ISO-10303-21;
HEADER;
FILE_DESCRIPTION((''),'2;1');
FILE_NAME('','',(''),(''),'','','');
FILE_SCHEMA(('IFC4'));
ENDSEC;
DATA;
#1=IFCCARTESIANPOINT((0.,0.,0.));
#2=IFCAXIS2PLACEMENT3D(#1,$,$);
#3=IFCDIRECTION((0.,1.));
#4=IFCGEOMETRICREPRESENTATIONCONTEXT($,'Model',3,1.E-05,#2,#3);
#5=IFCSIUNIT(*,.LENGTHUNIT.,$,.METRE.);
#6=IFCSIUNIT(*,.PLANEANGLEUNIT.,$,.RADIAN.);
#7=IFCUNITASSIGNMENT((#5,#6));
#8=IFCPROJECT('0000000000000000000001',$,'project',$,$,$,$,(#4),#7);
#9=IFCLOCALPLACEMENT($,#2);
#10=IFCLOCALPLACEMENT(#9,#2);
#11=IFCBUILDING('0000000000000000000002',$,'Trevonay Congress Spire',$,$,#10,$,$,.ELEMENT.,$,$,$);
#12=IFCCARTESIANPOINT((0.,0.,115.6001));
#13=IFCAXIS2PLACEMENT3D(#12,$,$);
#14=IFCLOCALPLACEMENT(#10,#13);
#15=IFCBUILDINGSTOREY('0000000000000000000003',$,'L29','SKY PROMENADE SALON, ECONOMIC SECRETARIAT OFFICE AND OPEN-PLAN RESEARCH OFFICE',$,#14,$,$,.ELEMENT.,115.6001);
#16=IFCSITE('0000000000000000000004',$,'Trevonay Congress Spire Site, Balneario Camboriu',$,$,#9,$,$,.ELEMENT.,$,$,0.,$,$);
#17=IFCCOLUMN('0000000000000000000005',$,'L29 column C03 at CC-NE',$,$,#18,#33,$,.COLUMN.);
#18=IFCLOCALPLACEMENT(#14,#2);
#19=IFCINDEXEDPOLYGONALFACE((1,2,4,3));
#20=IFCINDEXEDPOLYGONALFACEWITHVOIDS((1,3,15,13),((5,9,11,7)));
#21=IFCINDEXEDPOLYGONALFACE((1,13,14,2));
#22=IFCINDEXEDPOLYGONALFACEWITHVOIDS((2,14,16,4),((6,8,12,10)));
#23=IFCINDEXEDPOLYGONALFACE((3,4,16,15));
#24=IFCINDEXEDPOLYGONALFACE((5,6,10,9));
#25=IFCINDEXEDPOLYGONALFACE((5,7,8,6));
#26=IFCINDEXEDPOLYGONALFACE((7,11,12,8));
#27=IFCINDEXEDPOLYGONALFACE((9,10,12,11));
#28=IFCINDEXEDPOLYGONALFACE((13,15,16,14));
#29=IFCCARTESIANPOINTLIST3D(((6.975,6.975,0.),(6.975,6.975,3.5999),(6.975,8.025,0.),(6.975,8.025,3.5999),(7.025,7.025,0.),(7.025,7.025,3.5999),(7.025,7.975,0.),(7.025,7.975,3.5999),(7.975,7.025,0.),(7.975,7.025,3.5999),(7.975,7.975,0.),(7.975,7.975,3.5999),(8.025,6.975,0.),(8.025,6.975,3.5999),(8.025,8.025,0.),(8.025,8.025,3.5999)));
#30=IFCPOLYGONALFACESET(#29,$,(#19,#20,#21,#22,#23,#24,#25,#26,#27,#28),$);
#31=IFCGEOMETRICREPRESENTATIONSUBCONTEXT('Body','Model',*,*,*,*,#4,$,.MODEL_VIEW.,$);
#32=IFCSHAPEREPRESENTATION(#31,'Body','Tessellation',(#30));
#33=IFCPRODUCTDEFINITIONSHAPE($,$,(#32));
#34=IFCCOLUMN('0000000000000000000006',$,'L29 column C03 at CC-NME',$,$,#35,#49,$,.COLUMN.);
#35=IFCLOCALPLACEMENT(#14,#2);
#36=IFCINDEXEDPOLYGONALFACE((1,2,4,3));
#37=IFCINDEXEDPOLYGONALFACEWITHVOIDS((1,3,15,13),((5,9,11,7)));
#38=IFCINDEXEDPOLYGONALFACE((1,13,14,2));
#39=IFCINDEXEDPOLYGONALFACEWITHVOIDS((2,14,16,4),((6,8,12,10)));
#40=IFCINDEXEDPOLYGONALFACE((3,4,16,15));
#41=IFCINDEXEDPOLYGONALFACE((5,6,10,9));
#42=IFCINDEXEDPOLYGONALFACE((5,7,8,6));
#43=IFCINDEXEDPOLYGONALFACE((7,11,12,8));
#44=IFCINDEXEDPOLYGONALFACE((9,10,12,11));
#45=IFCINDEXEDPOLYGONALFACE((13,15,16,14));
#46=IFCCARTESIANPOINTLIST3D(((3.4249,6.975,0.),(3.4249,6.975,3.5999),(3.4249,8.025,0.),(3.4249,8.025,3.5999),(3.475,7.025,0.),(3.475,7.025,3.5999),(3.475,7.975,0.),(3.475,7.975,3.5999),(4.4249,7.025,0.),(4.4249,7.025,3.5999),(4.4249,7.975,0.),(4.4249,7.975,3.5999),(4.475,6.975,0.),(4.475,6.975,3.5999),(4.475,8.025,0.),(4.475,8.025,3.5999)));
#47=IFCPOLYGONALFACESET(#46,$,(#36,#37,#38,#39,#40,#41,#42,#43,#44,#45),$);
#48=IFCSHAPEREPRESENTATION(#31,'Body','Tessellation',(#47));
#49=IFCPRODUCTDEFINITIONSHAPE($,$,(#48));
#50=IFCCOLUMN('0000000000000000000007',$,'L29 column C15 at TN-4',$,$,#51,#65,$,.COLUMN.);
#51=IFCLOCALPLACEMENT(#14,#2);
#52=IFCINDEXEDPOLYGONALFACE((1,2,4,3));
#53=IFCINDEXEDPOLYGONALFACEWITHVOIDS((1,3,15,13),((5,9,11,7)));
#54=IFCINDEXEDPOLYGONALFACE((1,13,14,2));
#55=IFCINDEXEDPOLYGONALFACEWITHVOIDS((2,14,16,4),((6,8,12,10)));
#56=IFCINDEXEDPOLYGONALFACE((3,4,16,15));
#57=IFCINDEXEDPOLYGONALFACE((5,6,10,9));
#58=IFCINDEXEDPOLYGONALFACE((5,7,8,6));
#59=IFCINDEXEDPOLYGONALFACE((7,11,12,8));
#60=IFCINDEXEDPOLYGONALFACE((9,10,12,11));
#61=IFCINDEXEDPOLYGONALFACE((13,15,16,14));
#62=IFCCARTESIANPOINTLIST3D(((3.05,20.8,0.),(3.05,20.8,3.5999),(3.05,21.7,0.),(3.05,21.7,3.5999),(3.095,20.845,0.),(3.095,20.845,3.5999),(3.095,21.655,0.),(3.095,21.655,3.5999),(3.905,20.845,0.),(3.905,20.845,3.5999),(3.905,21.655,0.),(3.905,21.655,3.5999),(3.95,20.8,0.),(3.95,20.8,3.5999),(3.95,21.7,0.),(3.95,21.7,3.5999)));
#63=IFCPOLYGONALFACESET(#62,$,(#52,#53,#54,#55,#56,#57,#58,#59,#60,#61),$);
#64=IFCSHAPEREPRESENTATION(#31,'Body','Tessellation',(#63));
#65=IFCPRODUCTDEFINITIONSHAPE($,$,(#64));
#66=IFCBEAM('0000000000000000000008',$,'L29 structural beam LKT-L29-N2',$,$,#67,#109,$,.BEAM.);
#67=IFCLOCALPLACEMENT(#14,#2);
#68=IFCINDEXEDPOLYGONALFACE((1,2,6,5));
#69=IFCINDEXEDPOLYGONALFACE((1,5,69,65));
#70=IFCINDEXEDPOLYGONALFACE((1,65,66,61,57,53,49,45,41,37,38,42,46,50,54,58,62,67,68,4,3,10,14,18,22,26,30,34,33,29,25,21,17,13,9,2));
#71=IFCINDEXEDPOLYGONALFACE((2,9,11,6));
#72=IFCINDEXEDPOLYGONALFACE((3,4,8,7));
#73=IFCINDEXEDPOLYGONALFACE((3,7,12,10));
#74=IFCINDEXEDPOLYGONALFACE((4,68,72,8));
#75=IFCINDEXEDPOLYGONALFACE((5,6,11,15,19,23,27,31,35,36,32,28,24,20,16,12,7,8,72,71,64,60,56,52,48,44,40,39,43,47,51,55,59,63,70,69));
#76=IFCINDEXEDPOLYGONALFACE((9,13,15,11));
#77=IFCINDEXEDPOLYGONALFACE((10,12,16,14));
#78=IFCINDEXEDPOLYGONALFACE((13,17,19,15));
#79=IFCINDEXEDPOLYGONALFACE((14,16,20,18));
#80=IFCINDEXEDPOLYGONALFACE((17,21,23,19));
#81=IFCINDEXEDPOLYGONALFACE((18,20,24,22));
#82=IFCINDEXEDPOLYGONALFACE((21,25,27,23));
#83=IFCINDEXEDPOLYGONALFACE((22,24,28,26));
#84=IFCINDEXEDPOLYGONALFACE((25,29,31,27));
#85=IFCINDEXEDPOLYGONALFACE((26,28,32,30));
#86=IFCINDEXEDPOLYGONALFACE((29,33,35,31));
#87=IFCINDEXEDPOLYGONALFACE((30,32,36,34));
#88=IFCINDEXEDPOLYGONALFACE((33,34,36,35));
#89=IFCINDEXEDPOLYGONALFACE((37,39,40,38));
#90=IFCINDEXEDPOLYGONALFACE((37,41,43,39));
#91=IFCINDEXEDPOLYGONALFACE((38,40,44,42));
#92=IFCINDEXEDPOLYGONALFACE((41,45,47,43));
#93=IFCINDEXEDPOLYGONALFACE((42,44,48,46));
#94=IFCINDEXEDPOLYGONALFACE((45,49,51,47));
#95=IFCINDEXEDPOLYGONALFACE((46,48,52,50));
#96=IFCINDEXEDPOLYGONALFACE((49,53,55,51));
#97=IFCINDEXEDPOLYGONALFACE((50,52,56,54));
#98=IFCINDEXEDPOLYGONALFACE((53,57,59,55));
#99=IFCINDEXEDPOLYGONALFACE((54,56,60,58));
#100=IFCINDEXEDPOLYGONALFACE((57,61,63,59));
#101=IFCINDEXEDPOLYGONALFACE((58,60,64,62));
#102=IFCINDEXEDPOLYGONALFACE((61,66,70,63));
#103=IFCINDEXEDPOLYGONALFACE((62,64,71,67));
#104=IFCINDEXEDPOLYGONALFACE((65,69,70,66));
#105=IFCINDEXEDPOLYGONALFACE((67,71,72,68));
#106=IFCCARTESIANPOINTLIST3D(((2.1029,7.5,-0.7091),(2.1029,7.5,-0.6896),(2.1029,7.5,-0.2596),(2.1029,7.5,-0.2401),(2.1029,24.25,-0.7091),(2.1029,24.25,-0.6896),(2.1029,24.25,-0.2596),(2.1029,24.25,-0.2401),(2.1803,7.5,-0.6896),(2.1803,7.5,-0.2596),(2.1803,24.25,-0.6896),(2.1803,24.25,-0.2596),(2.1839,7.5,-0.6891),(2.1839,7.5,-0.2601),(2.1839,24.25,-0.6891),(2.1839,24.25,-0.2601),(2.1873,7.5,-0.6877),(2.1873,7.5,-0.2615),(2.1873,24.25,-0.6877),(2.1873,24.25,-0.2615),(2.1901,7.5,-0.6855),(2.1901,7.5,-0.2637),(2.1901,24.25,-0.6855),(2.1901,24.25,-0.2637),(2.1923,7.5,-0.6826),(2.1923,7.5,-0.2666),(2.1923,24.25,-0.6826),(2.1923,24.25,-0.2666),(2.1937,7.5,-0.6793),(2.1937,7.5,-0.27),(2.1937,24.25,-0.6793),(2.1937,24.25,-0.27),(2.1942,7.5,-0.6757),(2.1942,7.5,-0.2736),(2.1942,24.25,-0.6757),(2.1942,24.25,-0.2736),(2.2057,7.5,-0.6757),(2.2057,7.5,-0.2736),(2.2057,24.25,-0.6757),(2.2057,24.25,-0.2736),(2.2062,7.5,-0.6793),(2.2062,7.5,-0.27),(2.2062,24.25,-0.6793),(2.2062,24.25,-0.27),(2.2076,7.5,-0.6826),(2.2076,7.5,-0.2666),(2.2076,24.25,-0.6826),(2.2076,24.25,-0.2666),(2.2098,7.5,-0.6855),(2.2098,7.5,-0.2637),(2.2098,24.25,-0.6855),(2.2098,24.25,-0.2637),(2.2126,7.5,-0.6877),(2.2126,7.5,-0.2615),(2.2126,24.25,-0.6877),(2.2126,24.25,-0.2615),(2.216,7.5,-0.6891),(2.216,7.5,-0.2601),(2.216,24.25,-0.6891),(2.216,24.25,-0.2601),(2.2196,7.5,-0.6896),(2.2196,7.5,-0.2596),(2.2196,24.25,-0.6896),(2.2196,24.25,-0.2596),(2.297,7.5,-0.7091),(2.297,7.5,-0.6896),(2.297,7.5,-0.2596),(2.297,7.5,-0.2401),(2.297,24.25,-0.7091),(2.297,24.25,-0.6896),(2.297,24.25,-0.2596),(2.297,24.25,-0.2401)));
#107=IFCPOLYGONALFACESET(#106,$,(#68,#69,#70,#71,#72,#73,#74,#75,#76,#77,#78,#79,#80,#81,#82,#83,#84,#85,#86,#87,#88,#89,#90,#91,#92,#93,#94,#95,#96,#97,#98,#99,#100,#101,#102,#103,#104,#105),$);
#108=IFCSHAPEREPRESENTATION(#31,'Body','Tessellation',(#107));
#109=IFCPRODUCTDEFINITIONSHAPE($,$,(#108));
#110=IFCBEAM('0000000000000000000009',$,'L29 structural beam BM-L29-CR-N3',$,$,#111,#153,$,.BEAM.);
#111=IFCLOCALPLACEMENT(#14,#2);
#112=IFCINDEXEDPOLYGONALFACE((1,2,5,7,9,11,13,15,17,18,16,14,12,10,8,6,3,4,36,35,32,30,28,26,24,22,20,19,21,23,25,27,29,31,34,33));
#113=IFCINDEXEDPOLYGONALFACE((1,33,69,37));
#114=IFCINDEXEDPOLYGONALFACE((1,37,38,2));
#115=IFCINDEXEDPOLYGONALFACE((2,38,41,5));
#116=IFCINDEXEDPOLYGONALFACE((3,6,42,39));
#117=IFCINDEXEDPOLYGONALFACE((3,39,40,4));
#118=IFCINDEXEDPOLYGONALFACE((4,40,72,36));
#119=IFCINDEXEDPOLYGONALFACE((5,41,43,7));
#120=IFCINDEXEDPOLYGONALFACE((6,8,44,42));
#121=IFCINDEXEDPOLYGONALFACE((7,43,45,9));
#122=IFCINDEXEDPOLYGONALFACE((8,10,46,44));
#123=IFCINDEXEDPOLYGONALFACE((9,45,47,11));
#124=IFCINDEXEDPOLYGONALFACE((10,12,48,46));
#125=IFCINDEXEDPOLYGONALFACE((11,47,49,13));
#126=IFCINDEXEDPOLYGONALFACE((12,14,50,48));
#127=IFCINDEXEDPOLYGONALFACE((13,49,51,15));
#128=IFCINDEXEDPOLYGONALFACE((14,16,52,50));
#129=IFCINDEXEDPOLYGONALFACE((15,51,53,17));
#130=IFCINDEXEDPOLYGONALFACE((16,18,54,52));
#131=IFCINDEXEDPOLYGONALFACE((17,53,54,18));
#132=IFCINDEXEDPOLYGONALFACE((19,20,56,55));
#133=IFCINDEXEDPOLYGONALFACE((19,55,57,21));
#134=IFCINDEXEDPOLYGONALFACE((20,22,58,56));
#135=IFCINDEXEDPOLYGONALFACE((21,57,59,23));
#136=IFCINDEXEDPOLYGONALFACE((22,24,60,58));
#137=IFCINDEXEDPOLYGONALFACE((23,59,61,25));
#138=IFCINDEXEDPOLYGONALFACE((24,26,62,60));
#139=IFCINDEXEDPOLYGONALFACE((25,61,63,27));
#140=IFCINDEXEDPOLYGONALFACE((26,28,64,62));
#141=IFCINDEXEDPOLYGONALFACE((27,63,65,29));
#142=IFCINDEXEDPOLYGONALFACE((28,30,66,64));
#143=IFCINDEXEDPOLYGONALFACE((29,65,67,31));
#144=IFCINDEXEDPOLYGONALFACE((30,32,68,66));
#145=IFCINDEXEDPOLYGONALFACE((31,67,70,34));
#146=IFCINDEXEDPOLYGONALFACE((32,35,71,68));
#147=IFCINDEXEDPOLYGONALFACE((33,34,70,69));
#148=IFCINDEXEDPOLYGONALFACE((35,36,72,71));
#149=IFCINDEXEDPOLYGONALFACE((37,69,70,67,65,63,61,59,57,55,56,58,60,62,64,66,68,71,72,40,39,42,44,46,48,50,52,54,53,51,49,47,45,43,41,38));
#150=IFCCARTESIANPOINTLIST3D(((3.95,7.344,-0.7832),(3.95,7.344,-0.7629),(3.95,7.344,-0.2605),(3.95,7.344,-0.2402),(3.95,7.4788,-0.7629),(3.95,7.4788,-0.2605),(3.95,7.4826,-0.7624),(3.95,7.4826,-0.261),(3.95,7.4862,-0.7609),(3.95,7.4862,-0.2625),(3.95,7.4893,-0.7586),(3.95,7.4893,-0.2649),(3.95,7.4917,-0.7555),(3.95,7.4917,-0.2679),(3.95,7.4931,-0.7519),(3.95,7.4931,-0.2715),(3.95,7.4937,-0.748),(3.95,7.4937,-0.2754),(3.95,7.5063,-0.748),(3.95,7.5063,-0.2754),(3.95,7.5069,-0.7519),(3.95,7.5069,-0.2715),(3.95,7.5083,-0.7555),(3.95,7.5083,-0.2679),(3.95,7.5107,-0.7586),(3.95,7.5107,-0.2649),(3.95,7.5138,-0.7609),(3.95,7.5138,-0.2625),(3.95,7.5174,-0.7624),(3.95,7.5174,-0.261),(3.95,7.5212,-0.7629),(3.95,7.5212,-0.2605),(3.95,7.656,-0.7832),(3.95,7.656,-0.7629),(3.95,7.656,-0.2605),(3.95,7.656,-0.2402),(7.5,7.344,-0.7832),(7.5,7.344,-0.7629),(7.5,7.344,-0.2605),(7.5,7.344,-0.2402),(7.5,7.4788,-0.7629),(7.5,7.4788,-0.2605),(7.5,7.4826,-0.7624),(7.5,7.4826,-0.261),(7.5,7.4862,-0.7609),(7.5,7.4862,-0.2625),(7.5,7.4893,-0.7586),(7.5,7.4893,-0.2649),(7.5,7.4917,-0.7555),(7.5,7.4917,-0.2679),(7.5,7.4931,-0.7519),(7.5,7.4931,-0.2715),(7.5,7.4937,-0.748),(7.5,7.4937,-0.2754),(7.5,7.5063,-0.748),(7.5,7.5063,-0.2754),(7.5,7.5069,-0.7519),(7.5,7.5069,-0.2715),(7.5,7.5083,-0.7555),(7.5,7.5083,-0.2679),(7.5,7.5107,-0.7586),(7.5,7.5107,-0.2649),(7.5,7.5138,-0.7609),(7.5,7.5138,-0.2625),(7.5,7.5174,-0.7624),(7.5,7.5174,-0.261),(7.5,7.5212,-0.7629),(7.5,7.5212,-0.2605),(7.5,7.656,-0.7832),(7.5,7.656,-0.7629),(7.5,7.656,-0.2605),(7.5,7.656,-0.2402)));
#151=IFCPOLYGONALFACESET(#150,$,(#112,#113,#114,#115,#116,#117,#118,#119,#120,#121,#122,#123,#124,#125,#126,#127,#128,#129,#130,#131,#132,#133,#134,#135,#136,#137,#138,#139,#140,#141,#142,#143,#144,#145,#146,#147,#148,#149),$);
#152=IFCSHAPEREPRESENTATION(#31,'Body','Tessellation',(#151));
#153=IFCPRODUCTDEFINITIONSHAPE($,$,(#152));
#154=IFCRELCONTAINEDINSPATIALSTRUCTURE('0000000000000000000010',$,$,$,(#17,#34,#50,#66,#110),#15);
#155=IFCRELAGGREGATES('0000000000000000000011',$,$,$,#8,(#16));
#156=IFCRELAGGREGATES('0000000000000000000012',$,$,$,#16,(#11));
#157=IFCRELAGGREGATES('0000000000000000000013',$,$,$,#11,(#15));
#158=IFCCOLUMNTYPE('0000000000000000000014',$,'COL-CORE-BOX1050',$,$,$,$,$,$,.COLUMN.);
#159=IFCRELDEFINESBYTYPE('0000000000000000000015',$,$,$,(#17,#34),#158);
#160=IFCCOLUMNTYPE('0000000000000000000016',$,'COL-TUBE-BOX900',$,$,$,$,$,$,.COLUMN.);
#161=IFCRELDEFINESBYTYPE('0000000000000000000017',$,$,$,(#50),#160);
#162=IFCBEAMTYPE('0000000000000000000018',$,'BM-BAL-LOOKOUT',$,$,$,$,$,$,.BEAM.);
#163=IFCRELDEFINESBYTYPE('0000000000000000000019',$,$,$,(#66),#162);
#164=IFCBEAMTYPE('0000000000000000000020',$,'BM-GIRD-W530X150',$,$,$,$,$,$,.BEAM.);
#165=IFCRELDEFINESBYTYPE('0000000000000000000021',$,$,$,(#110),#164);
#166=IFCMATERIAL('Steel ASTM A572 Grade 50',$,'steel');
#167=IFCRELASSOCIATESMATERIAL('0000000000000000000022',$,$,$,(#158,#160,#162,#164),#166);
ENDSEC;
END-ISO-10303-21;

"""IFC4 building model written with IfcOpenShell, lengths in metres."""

from ifc_helpers import new_model, si_unit, direction, frame, origin, origin_2d, place, context, subcontext, project, spatial, hollow_rectangle, i_section, extrude, material, material_profile, profile_set, type_object, element, save


model = new_model("IFC4")

# Units and contexts
model_context = context("Model", 3, precision=1e-05, world=origin(), true_north=direction((0.0, 1.0)))
body_context = subcontext(model_context, "Body", "Model", "MODEL_VIEW")
ifc_project = project(units=[si_unit("LENGTHUNIT", "METRE"), si_unit("PLANEANGLEUNIT", "RADIAN")], contexts=[model_context])

# Site, building, storey
site_placement = place(None, origin())
site = spatial("IfcSite", under=ifc_project, at=site_placement, Name="Trevonay Congress Spire Site, Balneario Camboriu", CompositionType="ELEMENT", RefElevation=0.0)
building_placement = place(site_placement, origin())
building = spatial("IfcBuilding", under=site, at=building_placement, Name="Trevonay Congress Spire", CompositionType="ELEMENT")
storey_placement = place(building_placement, frame((0.0, 0.0, 115.6001)))
storey = spatial("IfcBuildingStorey", under=building, at=storey_placement, Name="L29", Description="SKY PROMENADE SALON, ECONOMIC SECRETARIAT OFFICE AND OPEN-PLAN RESEARCH OFFICE", CompositionType="ELEMENT", Elevation=115.6001)

# Columns
ifc_material_1 = material(Name="Steel ASTM A572 Grade 50", Category="steel")
ifc_material_profile_1 = material_profile(ifc_material_1, hollow_rectangle(XDim=1.05, YDim=1.05, WallThickness=0.05, at=origin_2d()), Name="BOX 1050x1050x50")
ifc_profile_set_1 = profile_set([ifc_material_profile_1], Name="Steel ASTM A572 Grade 50")
column_type_1 = type_object("IfcColumnType", Name="COL-CORE-BOX1050", PredefinedType="COLUMN", material=ifc_profile_set_1)
for number, where, z_axis, x_axis, name in (
    (1, (7.5, 7.5, 0.0), (0.0, 0.0, 1.0), (1.0, 0.0, 0.0), "L29 column C03 at CC-NE"),
    (2, (3.95, 7.5, 0.0), (0.0, 0.0, 1.0), (1.0, 0.0, 0.0), "L29 column C03 at CC-NME"),
):
    element("IfcColumn", number, at=place(storey_placement, frame(where, z_axis=z_axis, x_axis=x_axis)), inside=storey, type_object=column_type_1, Name=name, PredefinedType="COLUMN", context=body_context, shape_type="SweptSolid", body=[
        extrude(hollow_rectangle(XDim=1.05, YDim=1.05, WallThickness=0.05, at=origin_2d()), origin(), (0.0, 0.0, 1.0), 3.5999),
    ])
ifc_material_profile_2 = material_profile(ifc_material_1, hollow_rectangle(XDim=0.8999, YDim=0.8999, WallThickness=0.0449, at=origin_2d()), Name="BOX 900x900x45")
ifc_profile_set_2 = profile_set([ifc_material_profile_2], Name="Steel ASTM A572 Grade 50")
column_type_2 = type_object("IfcColumnType", Name="COL-TUBE-BOX900", PredefinedType="COLUMN", material=ifc_profile_set_2)
column_placement = place(storey_placement, frame((3.5, 21.25, 0.0), z_axis=(0.0, 0.0, 1.0), x_axis=(1.0, 0.0, 0.0)))
element("IfcColumn", 3, at=column_placement, inside=storey, type_object=column_type_2, Name="L29 column C15 at TN-4", PredefinedType="COLUMN", context=body_context, shape_type="SweptSolid", body=[
    extrude(hollow_rectangle(XDim=0.8999, YDim=0.8999, WallThickness=0.0449, at=origin_2d()), origin(), (0.0, 0.0, 1.0), 3.5999),
])

# Beams
ifc_material_profile_3 = material_profile(ifc_material_1, i_section(OverallWidth=0.1941, OverallDepth=0.469, WebThickness=0.0115, FlangeThickness=0.0195, FilletRadius=0.0139, at=origin_2d()), Name="W460x106")
ifc_profile_set_3 = profile_set([ifc_material_profile_3], Name="Steel ASTM A572 Grade 50")
beam_type_1 = type_object("IfcBeamType", Name="BM-BAL-LOOKOUT", PredefinedType="BEAM", material=ifc_profile_set_3)
beam_1_placement = place(storey_placement, frame((2.2, 7.5, -0.4746), z_axis=(0.0, 1.0, 0.0), x_axis=(-1.0, 0.0, 0.0)))
element("IfcBeam", 4, at=beam_1_placement, inside=storey, type_object=beam_type_1, Name="L29 structural beam LKT-L29-N2", PredefinedType="BEAM", context=body_context, shape_type="SweptSolid", body=[
    extrude(i_section(OverallWidth=0.1941, OverallDepth=0.469, WebThickness=0.0115, FlangeThickness=0.0195, FilletRadius=0.0139, at=origin_2d()), origin(), (0.0, 0.0, 1.0), 16.75),
])
ifc_material_profile_4 = material_profile(ifc_material_1, i_section(OverallWidth=0.312, OverallDepth=0.543, WebThickness=0.0127, FlangeThickness=0.0203, FilletRadius=0.0149, at=origin_2d()), Name="W530x150")
ifc_profile_set_4 = profile_set([ifc_material_profile_4], Name="Steel ASTM A572 Grade 50")
beam_type_2 = type_object("IfcBeamType", Name="BM-GIRD-W530X150", PredefinedType="BEAM", material=ifc_profile_set_4)
beam_2_placement = place(storey_placement, frame((3.95, 7.5, -0.5117), z_axis=(1.0, 0.0, 0.0), x_axis=(0.0, 1.0, 0.0)))
element("IfcBeam", 5, at=beam_2_placement, inside=storey, type_object=beam_type_2, Name="L29 structural beam BM-L29-CR-N3", PredefinedType="BEAM", context=body_context, shape_type="SweptSolid", body=[
    extrude(i_section(OverallWidth=0.312, OverallDepth=0.543, WebThickness=0.0127, FlangeThickness=0.0203, FilletRadius=0.0149, at=origin_2d()), origin(), (0.0, 0.0, 1.0), 3.55),
])

save(model, "model.ifc")
